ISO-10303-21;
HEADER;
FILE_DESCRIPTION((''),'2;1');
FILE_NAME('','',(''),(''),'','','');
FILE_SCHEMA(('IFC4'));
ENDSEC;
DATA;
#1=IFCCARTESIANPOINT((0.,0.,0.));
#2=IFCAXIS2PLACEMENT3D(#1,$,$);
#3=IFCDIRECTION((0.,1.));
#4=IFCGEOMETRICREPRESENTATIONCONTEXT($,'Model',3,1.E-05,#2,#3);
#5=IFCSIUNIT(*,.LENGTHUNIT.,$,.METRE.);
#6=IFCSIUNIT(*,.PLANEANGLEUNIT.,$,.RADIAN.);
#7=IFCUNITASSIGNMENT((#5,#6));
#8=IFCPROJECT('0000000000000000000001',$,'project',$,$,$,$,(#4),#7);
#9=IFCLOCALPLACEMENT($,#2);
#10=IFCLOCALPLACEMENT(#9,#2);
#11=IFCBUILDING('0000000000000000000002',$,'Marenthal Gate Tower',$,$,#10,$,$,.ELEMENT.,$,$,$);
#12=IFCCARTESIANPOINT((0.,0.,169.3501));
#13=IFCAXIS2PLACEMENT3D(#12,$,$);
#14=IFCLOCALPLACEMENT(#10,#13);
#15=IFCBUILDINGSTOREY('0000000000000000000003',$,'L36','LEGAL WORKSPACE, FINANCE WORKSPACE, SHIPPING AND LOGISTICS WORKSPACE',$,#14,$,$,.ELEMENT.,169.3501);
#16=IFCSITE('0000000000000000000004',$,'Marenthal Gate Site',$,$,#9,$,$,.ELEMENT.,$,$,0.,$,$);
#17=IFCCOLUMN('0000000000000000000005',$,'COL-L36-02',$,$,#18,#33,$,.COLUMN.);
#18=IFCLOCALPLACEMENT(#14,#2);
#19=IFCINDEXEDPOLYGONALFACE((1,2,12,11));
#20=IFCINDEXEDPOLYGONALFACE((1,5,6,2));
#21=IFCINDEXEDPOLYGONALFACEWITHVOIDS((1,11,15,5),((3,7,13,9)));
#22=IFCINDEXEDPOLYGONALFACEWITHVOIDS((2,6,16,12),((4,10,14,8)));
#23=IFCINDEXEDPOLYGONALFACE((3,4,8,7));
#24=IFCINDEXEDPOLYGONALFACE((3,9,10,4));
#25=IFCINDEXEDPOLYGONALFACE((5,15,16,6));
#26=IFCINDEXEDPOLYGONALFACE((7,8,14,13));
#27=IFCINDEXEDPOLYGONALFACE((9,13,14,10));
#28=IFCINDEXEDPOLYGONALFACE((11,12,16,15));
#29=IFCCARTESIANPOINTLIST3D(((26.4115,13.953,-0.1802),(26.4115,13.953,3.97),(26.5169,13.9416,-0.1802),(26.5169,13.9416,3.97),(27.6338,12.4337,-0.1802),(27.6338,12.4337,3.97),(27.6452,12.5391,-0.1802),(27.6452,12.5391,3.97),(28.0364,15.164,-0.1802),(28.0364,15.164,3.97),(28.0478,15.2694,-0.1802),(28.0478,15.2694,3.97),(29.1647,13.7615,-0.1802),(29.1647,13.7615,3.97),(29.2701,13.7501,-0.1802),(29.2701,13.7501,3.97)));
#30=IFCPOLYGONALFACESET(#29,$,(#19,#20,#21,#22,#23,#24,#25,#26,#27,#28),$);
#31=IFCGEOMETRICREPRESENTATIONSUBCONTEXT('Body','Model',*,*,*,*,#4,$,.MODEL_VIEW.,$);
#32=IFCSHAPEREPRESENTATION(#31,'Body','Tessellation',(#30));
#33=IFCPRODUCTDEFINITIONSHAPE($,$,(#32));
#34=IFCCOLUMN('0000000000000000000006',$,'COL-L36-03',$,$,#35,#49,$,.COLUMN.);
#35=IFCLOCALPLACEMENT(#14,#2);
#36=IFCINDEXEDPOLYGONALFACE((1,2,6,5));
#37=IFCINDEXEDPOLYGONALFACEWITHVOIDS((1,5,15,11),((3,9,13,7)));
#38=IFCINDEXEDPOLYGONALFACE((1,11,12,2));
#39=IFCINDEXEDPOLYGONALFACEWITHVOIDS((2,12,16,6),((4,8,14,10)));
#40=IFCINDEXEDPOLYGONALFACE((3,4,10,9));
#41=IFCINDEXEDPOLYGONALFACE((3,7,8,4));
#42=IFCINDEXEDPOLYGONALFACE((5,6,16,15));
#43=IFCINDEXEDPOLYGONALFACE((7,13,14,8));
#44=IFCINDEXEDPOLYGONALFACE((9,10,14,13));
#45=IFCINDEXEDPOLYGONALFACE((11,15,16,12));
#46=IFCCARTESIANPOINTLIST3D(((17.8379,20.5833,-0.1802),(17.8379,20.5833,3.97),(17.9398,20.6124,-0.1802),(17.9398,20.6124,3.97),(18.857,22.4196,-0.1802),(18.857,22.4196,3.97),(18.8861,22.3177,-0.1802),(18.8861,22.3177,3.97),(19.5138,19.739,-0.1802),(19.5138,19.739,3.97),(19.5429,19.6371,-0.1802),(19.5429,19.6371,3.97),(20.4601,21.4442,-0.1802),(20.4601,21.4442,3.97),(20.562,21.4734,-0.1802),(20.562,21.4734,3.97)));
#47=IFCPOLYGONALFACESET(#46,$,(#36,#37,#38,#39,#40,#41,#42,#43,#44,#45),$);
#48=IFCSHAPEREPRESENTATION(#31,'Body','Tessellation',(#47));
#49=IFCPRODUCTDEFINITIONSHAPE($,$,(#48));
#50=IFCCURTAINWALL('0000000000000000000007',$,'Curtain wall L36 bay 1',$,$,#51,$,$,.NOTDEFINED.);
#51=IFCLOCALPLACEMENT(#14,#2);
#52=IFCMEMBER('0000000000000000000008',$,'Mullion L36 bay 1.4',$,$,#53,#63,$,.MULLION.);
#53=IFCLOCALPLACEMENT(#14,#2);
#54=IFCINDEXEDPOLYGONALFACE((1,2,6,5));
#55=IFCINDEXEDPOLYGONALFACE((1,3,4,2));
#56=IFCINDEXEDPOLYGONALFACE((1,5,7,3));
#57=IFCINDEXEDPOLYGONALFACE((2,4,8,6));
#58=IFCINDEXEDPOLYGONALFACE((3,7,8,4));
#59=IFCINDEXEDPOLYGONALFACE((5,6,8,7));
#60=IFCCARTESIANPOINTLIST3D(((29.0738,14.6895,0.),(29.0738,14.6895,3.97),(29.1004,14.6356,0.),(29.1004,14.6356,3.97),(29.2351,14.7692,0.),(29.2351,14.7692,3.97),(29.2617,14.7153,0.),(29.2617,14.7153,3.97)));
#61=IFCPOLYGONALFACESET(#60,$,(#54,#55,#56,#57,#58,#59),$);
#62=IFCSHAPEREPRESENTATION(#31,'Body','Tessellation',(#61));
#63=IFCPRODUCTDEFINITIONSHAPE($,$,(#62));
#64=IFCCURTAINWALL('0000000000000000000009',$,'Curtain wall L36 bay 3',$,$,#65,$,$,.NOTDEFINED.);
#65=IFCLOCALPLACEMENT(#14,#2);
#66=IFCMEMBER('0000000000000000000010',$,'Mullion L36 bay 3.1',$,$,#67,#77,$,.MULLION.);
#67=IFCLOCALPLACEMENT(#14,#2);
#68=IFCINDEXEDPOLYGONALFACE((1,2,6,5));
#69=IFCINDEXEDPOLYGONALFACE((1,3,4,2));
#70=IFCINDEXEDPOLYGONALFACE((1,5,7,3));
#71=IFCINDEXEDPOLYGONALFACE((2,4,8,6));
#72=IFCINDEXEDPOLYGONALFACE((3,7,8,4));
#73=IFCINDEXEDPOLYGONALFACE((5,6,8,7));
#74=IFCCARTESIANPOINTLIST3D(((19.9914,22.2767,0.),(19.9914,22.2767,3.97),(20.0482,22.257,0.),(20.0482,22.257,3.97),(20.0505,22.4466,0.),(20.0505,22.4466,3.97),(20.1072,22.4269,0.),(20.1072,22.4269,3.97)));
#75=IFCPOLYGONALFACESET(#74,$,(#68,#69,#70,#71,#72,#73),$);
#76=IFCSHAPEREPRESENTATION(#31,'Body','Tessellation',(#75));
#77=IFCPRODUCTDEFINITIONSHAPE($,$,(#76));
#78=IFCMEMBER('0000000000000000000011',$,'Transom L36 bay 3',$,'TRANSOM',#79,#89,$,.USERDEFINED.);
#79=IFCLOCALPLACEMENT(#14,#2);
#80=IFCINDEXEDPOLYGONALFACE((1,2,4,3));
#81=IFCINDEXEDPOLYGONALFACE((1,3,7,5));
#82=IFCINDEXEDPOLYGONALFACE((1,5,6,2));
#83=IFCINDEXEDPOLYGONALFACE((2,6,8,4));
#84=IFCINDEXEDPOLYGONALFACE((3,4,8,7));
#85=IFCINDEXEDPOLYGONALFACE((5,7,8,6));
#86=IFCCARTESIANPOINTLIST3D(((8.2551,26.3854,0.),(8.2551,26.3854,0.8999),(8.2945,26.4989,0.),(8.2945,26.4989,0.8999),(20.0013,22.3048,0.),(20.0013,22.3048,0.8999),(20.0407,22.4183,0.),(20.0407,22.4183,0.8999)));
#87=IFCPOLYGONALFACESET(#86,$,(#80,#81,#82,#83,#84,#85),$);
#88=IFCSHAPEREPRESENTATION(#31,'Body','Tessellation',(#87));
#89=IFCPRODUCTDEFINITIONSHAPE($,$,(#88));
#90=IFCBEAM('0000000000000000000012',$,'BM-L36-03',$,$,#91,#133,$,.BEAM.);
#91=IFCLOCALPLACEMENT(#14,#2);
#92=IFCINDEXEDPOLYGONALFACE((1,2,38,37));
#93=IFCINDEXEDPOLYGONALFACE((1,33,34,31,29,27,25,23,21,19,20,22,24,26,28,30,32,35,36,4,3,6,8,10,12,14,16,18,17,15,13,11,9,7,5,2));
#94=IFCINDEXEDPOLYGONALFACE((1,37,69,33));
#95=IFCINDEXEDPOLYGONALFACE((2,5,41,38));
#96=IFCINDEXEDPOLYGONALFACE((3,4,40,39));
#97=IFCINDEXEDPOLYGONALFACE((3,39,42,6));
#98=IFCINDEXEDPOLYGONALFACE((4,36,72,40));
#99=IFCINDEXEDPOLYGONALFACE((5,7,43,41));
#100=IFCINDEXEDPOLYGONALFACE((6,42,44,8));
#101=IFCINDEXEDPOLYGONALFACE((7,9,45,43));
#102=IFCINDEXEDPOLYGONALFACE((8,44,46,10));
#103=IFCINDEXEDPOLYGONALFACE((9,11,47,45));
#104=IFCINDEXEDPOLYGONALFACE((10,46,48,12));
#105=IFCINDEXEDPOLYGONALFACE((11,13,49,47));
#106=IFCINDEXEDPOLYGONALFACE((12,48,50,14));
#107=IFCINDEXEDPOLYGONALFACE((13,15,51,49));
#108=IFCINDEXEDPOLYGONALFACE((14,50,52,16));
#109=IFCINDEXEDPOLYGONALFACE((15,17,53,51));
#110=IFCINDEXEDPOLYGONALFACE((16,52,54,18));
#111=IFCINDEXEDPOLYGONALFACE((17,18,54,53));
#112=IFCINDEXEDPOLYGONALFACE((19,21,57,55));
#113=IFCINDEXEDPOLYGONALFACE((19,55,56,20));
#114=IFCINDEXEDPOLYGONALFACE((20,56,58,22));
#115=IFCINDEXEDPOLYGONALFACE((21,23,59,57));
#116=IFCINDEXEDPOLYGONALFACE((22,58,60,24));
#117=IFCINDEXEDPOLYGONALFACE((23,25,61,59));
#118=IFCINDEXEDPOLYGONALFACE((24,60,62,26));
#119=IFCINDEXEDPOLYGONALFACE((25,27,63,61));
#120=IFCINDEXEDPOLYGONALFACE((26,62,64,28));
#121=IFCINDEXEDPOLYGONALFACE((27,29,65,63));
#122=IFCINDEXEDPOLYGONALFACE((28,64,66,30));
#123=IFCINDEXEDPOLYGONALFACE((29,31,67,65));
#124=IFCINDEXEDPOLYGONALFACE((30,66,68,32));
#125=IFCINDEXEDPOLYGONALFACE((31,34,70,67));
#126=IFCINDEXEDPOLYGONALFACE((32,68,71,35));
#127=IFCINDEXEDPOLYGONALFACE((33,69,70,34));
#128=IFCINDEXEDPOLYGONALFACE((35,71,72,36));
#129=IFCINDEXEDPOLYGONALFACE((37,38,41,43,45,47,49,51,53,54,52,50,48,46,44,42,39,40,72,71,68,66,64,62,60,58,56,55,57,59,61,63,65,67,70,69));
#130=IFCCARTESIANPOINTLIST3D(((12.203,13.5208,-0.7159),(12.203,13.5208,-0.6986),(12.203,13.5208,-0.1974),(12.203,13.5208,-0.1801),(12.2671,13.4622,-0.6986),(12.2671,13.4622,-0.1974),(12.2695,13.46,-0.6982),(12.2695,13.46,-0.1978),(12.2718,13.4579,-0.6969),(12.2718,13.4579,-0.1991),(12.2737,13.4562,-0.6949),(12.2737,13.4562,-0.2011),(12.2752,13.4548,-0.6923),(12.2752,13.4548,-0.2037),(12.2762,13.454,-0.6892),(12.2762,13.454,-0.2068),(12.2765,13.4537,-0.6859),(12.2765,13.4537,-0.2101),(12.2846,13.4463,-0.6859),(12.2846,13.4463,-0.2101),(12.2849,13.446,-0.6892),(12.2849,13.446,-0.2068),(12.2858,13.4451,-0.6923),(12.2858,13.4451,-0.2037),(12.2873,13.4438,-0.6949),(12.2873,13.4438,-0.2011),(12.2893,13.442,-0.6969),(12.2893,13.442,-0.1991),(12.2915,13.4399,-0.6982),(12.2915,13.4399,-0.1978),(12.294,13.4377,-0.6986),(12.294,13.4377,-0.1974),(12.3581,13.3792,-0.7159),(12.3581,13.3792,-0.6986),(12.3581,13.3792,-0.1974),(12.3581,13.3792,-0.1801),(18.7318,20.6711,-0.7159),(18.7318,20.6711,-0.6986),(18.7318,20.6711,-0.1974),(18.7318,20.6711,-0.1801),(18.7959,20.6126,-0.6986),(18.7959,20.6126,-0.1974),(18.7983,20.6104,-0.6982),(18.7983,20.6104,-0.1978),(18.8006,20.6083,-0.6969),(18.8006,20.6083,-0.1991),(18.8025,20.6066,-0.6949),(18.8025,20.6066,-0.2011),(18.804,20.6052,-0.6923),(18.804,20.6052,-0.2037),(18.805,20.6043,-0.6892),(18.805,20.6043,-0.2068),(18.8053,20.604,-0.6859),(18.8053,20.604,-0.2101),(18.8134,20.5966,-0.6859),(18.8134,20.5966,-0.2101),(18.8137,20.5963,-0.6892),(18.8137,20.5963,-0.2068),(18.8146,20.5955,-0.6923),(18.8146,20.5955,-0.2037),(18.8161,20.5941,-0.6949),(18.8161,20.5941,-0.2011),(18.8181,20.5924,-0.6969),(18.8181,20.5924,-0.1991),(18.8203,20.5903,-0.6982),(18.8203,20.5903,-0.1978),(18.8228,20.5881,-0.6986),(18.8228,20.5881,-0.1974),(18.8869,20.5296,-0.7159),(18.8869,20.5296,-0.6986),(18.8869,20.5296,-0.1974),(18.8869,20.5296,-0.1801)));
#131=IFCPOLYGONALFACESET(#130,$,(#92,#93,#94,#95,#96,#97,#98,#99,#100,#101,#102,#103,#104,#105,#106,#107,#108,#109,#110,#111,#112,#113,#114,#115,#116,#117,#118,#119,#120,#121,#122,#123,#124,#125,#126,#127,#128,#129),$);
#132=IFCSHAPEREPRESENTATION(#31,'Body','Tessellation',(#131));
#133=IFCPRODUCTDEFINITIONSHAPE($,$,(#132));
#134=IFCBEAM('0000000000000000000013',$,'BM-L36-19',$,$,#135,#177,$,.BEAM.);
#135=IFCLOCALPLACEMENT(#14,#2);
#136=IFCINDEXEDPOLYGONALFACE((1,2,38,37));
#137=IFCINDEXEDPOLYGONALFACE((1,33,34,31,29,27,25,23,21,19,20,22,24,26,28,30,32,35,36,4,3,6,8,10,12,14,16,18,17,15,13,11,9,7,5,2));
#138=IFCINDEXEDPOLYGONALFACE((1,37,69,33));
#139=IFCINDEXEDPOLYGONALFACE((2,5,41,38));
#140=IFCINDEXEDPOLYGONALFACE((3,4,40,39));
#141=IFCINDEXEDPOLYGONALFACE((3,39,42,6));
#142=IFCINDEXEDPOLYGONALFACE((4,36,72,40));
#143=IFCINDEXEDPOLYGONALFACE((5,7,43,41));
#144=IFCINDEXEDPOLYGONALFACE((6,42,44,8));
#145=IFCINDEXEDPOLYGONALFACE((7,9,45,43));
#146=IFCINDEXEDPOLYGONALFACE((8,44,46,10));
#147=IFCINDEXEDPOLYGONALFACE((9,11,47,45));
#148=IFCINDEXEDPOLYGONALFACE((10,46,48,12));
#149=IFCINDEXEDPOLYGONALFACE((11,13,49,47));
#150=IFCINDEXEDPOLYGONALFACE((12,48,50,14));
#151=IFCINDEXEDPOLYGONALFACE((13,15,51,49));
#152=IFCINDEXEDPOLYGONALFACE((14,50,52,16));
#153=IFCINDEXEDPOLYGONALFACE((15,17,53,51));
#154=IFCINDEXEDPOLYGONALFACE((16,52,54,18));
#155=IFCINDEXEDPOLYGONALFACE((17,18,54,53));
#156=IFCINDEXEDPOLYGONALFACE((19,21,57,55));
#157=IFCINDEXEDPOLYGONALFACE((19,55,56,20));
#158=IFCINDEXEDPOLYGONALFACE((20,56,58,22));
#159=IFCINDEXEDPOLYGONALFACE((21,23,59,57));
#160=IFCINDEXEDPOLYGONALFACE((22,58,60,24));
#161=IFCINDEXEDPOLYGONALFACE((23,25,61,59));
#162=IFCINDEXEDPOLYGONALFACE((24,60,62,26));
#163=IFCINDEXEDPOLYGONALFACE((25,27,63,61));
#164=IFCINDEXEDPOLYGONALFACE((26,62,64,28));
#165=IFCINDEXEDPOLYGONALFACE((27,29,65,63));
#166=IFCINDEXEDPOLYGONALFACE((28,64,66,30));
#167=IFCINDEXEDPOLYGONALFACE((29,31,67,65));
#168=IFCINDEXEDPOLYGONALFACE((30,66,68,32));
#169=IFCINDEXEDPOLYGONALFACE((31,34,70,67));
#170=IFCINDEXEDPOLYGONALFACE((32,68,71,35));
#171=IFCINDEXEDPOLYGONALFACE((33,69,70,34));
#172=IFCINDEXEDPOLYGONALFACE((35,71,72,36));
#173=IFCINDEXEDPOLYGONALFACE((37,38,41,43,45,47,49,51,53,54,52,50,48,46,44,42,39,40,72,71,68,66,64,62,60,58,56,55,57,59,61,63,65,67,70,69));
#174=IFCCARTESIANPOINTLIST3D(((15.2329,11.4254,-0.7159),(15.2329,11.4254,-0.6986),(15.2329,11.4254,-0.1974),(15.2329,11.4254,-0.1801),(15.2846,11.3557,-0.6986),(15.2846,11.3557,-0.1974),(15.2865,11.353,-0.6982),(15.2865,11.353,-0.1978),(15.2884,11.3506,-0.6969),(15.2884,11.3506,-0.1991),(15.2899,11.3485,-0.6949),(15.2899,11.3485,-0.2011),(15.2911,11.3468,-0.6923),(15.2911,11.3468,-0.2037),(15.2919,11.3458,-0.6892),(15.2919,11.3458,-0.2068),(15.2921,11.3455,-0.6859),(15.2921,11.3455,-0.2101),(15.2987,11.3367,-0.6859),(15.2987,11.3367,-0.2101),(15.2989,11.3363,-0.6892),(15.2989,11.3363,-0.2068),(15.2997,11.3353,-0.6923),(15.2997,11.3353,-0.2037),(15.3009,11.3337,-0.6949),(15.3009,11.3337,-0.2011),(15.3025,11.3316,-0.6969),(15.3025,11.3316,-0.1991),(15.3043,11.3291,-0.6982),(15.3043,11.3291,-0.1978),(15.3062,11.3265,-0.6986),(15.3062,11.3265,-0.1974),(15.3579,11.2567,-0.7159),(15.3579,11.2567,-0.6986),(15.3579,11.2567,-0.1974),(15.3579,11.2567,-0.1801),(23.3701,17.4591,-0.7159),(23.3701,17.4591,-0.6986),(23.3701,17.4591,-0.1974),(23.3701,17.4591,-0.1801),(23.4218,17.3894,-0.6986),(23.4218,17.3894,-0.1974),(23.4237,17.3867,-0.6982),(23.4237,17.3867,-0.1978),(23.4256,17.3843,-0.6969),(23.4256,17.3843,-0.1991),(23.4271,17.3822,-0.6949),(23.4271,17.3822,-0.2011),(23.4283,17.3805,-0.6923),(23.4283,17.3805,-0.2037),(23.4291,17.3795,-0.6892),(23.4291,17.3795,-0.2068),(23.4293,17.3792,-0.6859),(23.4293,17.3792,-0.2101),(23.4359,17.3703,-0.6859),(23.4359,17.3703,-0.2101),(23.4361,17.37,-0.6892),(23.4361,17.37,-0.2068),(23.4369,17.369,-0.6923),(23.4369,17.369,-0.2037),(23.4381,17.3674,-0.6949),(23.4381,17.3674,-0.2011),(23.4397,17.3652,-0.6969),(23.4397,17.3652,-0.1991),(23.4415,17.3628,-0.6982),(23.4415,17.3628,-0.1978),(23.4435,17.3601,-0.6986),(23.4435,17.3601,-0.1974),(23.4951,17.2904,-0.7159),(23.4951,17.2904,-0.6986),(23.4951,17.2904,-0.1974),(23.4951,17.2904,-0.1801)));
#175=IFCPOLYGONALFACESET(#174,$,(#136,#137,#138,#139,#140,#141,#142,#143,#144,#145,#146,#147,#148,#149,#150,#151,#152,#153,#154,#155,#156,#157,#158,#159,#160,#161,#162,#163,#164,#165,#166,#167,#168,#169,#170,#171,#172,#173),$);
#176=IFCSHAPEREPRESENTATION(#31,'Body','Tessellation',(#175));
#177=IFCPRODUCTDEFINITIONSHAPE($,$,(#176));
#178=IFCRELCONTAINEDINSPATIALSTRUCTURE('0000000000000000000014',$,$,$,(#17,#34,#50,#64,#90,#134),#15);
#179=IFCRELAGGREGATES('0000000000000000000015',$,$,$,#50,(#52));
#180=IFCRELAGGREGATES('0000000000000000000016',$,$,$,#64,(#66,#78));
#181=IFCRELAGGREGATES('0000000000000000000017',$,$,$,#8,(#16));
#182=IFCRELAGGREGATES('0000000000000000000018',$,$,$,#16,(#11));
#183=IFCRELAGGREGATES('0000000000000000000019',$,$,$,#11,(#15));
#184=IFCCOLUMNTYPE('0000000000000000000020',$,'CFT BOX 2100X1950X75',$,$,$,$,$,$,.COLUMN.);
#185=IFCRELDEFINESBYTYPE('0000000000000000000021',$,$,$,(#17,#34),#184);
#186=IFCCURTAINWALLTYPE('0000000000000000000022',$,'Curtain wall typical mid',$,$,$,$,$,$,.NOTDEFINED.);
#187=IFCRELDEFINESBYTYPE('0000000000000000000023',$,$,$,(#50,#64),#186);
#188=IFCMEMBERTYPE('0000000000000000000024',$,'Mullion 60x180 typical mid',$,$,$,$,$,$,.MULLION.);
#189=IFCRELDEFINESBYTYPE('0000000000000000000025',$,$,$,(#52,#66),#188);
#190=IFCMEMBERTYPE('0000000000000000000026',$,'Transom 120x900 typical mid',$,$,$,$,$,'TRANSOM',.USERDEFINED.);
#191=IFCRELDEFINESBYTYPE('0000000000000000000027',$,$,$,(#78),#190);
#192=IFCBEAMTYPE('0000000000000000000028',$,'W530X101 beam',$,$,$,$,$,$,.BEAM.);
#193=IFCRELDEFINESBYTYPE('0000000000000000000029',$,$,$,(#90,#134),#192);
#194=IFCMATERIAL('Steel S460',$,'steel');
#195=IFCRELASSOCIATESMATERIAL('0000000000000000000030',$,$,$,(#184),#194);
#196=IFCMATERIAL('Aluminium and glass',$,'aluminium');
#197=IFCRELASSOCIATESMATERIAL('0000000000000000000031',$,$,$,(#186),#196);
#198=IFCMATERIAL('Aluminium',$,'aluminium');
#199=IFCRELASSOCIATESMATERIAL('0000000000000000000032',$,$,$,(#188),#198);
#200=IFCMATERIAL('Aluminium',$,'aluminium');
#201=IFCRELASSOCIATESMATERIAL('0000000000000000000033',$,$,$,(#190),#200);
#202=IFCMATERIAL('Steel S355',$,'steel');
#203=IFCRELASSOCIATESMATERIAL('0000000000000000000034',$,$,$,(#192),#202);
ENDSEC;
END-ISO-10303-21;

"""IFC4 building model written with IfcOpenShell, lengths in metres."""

from ifc_helpers import new_model, si_unit, direction, frame, origin, origin_2d, place, context, subcontext, project, spatial, rectangle, hollow_rectangle, i_section, extrude, material, material_profile, profile_set, type_object, element, aggregate, save


model = new_model("IFC4")

# Units and contexts
model_context = context("Model", 3, precision=1e-05, world=origin(), true_north=direction((0.0, 1.0)))
body_context = subcontext(model_context, "Body", "Model", "MODEL_VIEW")
ifc_project = project(units=[si_unit("LENGTHUNIT", "METRE"), si_unit("PLANEANGLEUNIT", "RADIAN")], contexts=[model_context])

# Site, building, storey
site_placement = place(None, origin())
site = spatial("IfcSite", under=ifc_project, at=site_placement, Name="Marenthal Gate Site", CompositionType="ELEMENT", RefElevation=0.0)
building_placement = place(site_placement, origin())
building = spatial("IfcBuilding", under=site, at=building_placement, Name="Marenthal Gate Tower", CompositionType="ELEMENT")
storey_placement = place(building_placement, frame((0.0, 0.0, 169.3501)))
storey = spatial("IfcBuildingStorey", under=building, at=storey_placement, Name="L36", Description="LEGAL WORKSPACE, FINANCE WORKSPACE, SHIPPING AND LOGISTICS WORKSPACE", CompositionType="ELEMENT", Elevation=169.3501)

# Columns
ifc_material_1 = material(Name="Steel S460", Category="steel")
ifc_material_profile_1 = material_profile(ifc_material_1, hollow_rectangle(XDim=1.95, YDim=2.1001, WallThickness=0.075, at=origin_2d()), Name="CFT BOX 2100X1950X75")
ifc_material_2 = material(Name="Concrete 70 MPa", Category="concrete")
ifc_material_profile_2 = material_profile(ifc_material_2, rectangle(XDim=1.8, YDim=1.95, at=origin_2d()), Name="CFT BOX 2100X1950X75 INFILL")
ifc_profile_set_1 = profile_set([ifc_material_profile_1, ifc_material_profile_2], Name="Steel S460 shell, Concrete 70 MPa infill")
column_type = type_object("IfcColumnType", Name="CFT BOX 2100X1950X75", PredefinedType="COLUMN", material=ifc_profile_set_1)
for number, where, z_axis, x_axis, name in (
    (1, (27.8408, 13.8516, -0.1802), (0.0, 0.0, 1.0), (0.626831, -0.779155, 0.0), "COL-L36-02"),
    (2, (19.2, 21.0283, -0.1802), (0.0, 0.0, 1.0), (0.87438, -0.485242, 0.0), "COL-L36-03"),
):
    element("IfcColumn", number, at=place(storey_placement, frame(where, z_axis=z_axis, x_axis=x_axis)), inside=storey, type_object=column_type, Name=name, PredefinedType="COLUMN", context=body_context, shape_type="SweptSolid", body=[
        extrude(hollow_rectangle(XDim=1.95, YDim=2.1001, WallThickness=0.075, at=origin_2d()), origin(), (0.0, 0.0, 1.0), 4.1501),
    ])

# Curtain wall, member
ifc_material_3 = material(Name="Aluminium and glass", Category="aluminium")
curtain_wall_type = type_object("IfcCurtainWallType", Name="Curtain wall typical mid", PredefinedType="NOTDEFINED", material=ifc_material_3)
curtain_wall_1_placement = place(storey_placement, origin())
curtain_wall_1 = element("IfcCurtainWall", 3, at=curtain_wall_1_placement, inside=storey, type_object=curtain_wall_type, Name="Curtain wall L36 bay 1", PredefinedType="NOTDEFINED")
ifc_material_4 = material(Name="Aluminium", Category="aluminium")
ifc_material_profile_3 = material_profile(ifc_material_4, rectangle(XDim=0.1799, YDim=0.0601, at=origin_2d()), Name="60x180 aluminium mullion")
ifc_profile_set_2 = profile_set([ifc_material_profile_3], Name="Aluminium")
member_type_1 = type_object("IfcMemberType", Name="Mullion 60x180 typical mid", PredefinedType="MULLION", material=ifc_profile_set_2)
member_1_placement = place(storey_placement, frame((29.1677, 14.7024, 0.0), z_axis=(0.0, 0.0, 1.0), x_axis=(-0.896609, -0.442824, 0.0)))
member_1 = element("IfcMember", 4, at=member_1_placement, type_object=member_type_1, Name="Mullion L36 bay 1.4", PredefinedType="MULLION", context=body_context, shape_type="SweptSolid", body=[
    extrude(rectangle(XDim=0.1799, YDim=0.0601, at=origin_2d()), origin(), (0.0, 0.0, 1.0), 3.97),
])
aggregate(curtain_wall_1, [member_1])

# Curtain wall, members
curtain_wall_2_placement = place(storey_placement, origin())
curtain_wall_2 = element("IfcCurtainWall", 5, at=curtain_wall_2_placement, inside=storey, type_object=curtain_wall_type, Name="Curtain wall L36 bay 3", PredefinedType="NOTDEFINED")
member_2_placement = place(storey_placement, frame((20.0493, 22.3518, 0.0), z_axis=(0.0, 0.0, 1.0), x_axis=(-0.328158, -0.944623, 0.0)))
member_2 = element("IfcMember", 6, at=member_2_placement, type_object=member_type_1, Name="Mullion L36 bay 3.1", PredefinedType="MULLION", context=body_context, shape_type="SweptSolid", body=[
    extrude(rectangle(XDim=0.1799, YDim=0.0601, at=origin_2d()), origin(), (0.0, 0.0, 1.0), 3.97),
])
ifc_material_5 = material(Name="Aluminium", Category="aluminium")
ifc_material_profile_4 = material_profile(ifc_material_5, rectangle(XDim=0.1201, YDim=0.8999, at=origin_2d()), Name="120x900 aluminium transom")
ifc_profile_set_3 = profile_set([ifc_material_profile_4], Name="Aluminium")
member_type_2 = type_object("IfcMemberType", Name="Transom 120x900 typical mid", ElementType="TRANSOM", PredefinedType="USERDEFINED", material=ifc_profile_set_3)
member_3_placement = place(storey_placement, frame((20.021, 22.3616, 0.45), z_axis=(-0.944622, 0.32816, 0.0), x_axis=(-0.32816, -0.944622, 0.0)))
member_3 = element("IfcMember", 7, at=member_3_placement, type_object=member_type_2, Name="Transom L36 bay 3", ObjectType="TRANSOM", PredefinedType="USERDEFINED", context=body_context, shape_type="SweptSolid", body=[
    extrude(rectangle(XDim=0.1201, YDim=0.8999, at=origin_2d()), origin(), (0.0, 0.0, 1.0), 12.4348),
])
aggregate(curtain_wall_2, [member_2, member_3])

# Beams
ifc_material_6 = material(Name="Steel S355", Category="steel")
ifc_material_profile_5 = material_profile(ifc_material_6, i_section(OverallWidth=0.21, OverallDepth=0.5359, WebThickness=0.011, FlangeThickness=0.0173, FilletRadius=0.0127, at=origin_2d()), Name="W530X101")
ifc_profile_set_4 = profile_set([ifc_material_profile_5], Name="Steel S355")
beam_type_1 = type_object("IfcBeamType", Name="W530X101 beam", PredefinedType="BEAM", material=ifc_profile_set_4)
beam_1_placement = place(storey_placement, frame((18.8093, 20.6003, -0.448), z_axis=(-0.67428, -0.738476, 0.0), x_axis=(0.738476, -0.67428, 0.0)))
element("IfcBeam", 8, at=beam_1_placement, inside=storey, type_object=beam_type_1, Name="BM-L36-03", PredefinedType="BEAM", context=body_context, shape_type="SweptSolid", body=[
    extrude(i_section(OverallWidth=0.21, OverallDepth=0.5359, WebThickness=0.011, FlangeThickness=0.0173, FilletRadius=0.0127, at=origin_2d()), origin(), (0.0, 0.0, 1.0), 9.6826),
])
beam_2_placement = place(storey_placement, frame((23.4326, 17.3748, -0.448), z_axis=(-0.803268, -0.595618, 0.0), x_axis=(0.595618, -0.803268, 0.0)))
element("IfcBeam", 9, at=beam_2_placement, inside=storey, type_object=beam_type_1, Name="BM-L36-19", PredefinedType="BEAM", context=body_context, shape_type="SweptSolid", body=[
    extrude(i_section(OverallWidth=0.21, OverallDepth=0.5359, WebThickness=0.011, FlangeThickness=0.0173, FilletRadius=0.0127, at=origin_2d()), origin(), (0.0, 0.0, 1.0), 10.1301),
])

save(model, "model.ifc")
